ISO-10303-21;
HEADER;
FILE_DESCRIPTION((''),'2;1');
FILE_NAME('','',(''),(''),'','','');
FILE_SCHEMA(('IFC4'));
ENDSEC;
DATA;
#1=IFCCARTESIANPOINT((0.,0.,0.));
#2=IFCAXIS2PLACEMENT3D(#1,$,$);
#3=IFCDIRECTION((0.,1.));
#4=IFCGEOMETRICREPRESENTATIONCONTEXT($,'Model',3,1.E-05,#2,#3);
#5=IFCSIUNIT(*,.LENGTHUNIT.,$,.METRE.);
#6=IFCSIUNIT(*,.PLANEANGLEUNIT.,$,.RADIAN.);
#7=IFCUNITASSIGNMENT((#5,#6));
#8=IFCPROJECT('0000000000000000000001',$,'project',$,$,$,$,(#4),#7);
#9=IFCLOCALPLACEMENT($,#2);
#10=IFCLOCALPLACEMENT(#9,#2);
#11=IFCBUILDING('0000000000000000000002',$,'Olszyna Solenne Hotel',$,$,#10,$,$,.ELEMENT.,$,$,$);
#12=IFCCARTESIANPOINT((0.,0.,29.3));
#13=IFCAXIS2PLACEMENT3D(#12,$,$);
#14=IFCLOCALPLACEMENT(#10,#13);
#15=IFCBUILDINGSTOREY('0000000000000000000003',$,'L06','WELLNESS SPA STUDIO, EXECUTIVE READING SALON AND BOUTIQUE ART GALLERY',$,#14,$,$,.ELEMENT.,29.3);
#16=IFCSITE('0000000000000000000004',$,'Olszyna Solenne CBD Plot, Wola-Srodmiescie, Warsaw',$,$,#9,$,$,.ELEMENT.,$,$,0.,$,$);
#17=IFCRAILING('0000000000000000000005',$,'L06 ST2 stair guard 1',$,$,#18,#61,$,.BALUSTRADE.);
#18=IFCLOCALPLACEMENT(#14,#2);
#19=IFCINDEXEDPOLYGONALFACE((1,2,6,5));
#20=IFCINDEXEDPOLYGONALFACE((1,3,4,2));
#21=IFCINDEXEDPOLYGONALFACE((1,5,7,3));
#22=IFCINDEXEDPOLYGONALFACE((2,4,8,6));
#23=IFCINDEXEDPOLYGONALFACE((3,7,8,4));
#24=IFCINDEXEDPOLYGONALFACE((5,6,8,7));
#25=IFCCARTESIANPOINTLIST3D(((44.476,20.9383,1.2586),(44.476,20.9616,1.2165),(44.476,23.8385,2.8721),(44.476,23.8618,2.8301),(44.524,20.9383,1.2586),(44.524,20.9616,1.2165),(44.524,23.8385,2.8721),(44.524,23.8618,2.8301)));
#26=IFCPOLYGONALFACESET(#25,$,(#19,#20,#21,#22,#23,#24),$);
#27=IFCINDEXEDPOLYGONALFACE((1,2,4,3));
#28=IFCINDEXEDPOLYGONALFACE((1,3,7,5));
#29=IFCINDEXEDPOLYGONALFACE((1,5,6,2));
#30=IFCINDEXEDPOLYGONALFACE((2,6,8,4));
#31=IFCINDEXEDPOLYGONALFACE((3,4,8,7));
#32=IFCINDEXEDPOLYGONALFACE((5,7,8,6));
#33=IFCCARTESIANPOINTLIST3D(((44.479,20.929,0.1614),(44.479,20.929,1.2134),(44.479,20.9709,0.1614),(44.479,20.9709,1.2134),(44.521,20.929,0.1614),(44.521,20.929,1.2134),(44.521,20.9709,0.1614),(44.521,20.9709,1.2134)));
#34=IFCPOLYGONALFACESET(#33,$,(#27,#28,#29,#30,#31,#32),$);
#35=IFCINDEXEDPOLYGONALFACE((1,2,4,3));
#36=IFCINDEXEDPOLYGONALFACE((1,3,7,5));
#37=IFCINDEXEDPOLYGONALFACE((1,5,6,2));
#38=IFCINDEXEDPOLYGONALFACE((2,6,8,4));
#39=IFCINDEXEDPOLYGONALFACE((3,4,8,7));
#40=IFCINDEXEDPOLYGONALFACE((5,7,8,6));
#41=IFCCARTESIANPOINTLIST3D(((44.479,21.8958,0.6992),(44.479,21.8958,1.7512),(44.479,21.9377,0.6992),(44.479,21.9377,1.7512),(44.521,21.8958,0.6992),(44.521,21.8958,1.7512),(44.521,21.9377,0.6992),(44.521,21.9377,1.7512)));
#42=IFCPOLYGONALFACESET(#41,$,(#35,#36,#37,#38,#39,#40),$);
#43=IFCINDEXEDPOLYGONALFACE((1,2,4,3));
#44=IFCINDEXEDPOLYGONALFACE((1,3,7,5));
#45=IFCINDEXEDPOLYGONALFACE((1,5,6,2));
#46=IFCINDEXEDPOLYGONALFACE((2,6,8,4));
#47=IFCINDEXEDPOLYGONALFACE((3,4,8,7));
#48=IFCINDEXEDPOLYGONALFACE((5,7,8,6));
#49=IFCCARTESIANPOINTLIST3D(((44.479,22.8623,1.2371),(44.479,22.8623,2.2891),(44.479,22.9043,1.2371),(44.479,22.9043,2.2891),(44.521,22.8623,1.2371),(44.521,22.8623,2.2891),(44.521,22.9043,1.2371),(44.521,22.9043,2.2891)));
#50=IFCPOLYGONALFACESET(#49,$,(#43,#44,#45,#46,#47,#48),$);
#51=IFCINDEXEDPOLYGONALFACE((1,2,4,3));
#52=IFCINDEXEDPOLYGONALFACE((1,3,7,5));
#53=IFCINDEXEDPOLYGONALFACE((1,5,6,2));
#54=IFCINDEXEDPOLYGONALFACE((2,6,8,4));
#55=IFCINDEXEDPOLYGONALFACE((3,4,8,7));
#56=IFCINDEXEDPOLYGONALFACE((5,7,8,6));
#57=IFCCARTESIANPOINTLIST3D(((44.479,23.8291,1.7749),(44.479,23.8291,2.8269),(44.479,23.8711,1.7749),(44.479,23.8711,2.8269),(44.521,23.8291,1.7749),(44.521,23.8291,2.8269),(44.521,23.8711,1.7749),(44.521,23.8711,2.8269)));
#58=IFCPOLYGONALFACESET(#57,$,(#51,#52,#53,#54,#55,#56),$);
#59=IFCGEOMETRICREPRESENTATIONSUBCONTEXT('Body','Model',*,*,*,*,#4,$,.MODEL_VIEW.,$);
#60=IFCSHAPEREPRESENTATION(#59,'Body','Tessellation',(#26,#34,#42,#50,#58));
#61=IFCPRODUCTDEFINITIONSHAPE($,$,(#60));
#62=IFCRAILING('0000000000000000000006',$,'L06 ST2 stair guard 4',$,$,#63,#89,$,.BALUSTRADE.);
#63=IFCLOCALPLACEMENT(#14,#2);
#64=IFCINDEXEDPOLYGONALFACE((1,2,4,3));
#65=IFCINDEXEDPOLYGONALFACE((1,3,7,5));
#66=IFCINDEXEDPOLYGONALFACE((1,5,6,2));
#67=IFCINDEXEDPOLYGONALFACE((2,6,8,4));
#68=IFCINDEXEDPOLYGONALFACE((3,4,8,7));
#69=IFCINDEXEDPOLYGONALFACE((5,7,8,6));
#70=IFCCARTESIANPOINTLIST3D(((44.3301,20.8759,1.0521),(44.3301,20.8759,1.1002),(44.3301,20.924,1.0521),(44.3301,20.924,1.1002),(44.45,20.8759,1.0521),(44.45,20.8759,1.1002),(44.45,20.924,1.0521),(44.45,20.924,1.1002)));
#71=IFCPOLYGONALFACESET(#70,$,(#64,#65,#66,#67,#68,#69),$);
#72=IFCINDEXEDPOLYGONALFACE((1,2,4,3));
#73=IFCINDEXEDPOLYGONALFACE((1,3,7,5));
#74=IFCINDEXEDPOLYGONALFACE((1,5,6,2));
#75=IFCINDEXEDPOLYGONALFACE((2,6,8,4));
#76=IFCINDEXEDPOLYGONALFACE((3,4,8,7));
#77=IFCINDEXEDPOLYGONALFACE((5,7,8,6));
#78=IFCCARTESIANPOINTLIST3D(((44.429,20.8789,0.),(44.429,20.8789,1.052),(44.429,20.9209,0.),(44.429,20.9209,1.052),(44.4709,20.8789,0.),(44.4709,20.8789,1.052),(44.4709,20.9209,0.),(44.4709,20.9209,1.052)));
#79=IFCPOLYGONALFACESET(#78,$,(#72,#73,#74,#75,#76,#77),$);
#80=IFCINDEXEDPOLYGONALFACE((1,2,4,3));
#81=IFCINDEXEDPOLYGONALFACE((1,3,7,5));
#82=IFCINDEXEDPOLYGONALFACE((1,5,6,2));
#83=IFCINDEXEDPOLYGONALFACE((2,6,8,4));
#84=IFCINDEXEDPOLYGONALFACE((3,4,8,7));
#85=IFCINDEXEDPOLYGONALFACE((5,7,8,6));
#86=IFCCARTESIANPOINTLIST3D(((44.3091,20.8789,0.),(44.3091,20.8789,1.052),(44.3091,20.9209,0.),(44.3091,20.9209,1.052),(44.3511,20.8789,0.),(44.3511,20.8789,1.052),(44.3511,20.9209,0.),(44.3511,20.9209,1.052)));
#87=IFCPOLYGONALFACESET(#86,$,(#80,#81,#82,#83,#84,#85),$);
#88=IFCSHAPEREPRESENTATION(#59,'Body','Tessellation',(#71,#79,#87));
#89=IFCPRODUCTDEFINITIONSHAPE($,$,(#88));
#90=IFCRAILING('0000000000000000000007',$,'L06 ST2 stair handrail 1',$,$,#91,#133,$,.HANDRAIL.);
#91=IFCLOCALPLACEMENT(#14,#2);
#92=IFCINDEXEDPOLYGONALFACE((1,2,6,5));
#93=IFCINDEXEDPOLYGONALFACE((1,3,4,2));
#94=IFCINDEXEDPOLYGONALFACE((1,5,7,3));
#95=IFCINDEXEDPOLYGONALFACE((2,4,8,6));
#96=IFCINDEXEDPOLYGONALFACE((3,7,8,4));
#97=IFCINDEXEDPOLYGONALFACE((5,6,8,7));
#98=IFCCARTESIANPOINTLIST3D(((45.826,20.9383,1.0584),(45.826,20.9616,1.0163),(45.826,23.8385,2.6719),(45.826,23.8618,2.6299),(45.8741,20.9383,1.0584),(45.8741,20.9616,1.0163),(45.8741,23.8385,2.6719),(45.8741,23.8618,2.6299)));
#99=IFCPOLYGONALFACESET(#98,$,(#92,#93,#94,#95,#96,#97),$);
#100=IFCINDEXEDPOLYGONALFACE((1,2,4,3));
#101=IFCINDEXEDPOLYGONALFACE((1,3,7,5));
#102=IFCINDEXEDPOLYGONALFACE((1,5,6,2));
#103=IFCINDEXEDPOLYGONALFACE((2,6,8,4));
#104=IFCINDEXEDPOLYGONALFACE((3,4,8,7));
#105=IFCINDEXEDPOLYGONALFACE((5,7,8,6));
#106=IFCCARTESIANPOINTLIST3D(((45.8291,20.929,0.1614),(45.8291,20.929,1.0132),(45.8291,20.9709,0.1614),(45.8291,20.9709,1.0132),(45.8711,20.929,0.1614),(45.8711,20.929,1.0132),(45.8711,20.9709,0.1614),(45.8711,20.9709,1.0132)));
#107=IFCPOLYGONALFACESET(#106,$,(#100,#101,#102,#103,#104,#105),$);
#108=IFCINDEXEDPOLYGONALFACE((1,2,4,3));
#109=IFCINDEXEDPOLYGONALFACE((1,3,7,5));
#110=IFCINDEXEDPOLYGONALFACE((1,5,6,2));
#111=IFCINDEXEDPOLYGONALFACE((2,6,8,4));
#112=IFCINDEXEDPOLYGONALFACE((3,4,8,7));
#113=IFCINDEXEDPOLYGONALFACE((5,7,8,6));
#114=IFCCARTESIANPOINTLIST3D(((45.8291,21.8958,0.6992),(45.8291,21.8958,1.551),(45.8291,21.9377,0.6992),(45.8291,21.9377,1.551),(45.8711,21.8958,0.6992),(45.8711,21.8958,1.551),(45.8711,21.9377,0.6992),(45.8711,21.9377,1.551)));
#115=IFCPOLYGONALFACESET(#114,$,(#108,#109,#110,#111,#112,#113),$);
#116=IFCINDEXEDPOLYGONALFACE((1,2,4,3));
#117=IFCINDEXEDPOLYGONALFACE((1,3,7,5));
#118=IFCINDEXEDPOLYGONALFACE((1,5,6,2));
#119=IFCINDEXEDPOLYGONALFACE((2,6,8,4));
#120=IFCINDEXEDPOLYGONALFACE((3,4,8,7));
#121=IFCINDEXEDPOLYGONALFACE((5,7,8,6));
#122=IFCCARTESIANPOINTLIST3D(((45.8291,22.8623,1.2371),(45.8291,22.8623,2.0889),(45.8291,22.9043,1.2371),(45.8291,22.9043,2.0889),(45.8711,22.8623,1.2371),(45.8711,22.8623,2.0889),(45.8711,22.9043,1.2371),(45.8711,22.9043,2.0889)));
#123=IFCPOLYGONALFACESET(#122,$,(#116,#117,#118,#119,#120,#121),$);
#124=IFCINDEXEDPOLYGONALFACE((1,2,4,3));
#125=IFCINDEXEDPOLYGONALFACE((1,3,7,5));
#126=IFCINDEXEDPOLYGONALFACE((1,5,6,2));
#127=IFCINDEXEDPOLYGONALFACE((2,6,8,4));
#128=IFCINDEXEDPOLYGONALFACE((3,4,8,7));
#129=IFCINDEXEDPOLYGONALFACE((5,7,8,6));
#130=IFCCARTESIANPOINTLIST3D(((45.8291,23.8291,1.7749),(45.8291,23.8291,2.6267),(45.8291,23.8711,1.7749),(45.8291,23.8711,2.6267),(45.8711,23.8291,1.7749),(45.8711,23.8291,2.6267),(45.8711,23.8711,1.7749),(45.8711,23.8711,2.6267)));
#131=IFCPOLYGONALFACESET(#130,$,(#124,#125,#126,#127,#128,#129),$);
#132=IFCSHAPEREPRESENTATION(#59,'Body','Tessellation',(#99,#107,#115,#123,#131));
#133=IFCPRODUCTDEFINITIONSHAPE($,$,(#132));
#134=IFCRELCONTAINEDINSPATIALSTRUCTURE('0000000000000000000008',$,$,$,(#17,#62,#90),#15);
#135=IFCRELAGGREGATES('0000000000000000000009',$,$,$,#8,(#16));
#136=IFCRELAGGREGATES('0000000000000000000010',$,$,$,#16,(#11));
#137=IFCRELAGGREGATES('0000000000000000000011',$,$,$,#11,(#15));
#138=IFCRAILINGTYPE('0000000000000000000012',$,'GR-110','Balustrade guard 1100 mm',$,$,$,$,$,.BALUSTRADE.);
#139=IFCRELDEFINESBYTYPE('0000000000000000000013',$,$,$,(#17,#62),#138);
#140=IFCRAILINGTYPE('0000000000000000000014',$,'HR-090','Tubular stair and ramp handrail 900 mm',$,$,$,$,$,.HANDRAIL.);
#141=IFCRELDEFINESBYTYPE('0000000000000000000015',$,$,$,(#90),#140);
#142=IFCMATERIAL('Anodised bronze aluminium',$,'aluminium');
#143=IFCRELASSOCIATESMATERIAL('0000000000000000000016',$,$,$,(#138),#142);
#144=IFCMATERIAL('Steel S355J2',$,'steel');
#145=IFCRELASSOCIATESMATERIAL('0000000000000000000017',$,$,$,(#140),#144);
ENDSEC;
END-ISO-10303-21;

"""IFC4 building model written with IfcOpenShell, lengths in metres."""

from ifc_helpers import new_model, si_unit, direction, frame, origin, origin_2d, place, context, subcontext, project, spatial, rectangle, extrude, material, type_object, element, save


model = new_model("IFC4")

# Units and contexts
model_context = context("Model", 3, precision=1e-05, world=origin(), true_north=direction((0.0, 1.0)))
body_context = subcontext(model_context, "Body", "Model", "MODEL_VIEW")
ifc_project = project(units=[si_unit("LENGTHUNIT", "METRE"), si_unit("PLANEANGLEUNIT", "RADIAN")], contexts=[model_context])

# Site, building, storey
site_placement = place(None, origin())
site = spatial("IfcSite", under=ifc_project, at=site_placement, Name="Olszyna Solenne CBD Plot, Wola-Srodmiescie, Warsaw", CompositionType="ELEMENT", RefElevation=0.0)
building_placement = place(site_placement, origin())
building = spatial("IfcBuilding", under=site, at=building_placement, Name="Olszyna Solenne Hotel", CompositionType="ELEMENT")
storey_placement = place(building_placement, frame((0.0, 0.0, 29.3)))
storey = spatial("IfcBuildingStorey", under=building, at=storey_placement, Name="L06", Description="WELLNESS SPA STUDIO, EXECUTIVE READING SALON AND BOUTIQUE ART GALLERY", CompositionType="ELEMENT", Elevation=29.3)

# Shared definitions
ifc_material_1 = material(Name="Steel S355J2", Category="steel")

# Shared definitions
ifc_material_2 = material(Name="Anodised bronze aluminium", Category="aluminium")

# Railings
railing_type_1 = type_object("IfcRailingType", Name="GR-110", Description="Balustrade guard 1100 mm", PredefinedType="BALUSTRADE", material=ifc_material_2)
railing_1_placement = place(storey_placement, frame((44.5, 20.95, 0.1614)))
element("IfcRailing", 1, at=railing_1_placement, inside=storey, type_object=railing_type_1, Name="L06 ST2 stair guard 1", PredefinedType="BALUSTRADE", context=body_context, shape_type="SweptSolid", body=[
    extrude(rectangle(XDim=0.0481, YDim=0.0481, at=origin_2d()), frame((0.0, 0.0, 1.0762), z_axis=(0.0, 0.873859, 0.48618), x_axis=(-1.0, 0.0, 0.0)), (0.0, 0.0, 1.0), 3.3188),
    extrude(rectangle(XDim=0.042, YDim=0.042, at=origin_2d()), origin(), (0.0, 0.0, 1.0), 1.052),
    extrude(rectangle(XDim=0.042, YDim=0.042, at=origin_2d()), frame((0.0, 0.9668, 0.5378)), (0.0, 0.0, 1.0), 1.052),
    extrude(rectangle(XDim=0.042, YDim=0.042, at=origin_2d()), frame((0.0, 1.9333, 1.0757)), (0.0, 0.0, 1.0), 1.052),
    extrude(rectangle(XDim=0.042, YDim=0.042, at=origin_2d()), frame((0.0, 2.9001, 1.6135)), (0.0, 0.0, 1.0), 1.052),
])
railing_2_placement = place(storey_placement, frame((44.45, 20.8999, 0.0)))
element("IfcRailing", 2, at=railing_2_placement, inside=storey, type_object=railing_type_1, Name="L06 ST2 stair guard 4", PredefinedType="BALUSTRADE", context=body_context, shape_type="SweptSolid", body=[
    extrude(rectangle(XDim=0.0481, YDim=0.0481, at=origin_2d()), frame((0.0, 0.0, 1.0762), z_axis=(-1.0, 0.0, 0.0), x_axis=(0.0, -1.0, 0.0)), (0.0, 0.0, 1.0), 0.1199),
    extrude(rectangle(XDim=0.042, YDim=0.042, at=origin_2d()), origin(), (0.0, 0.0, 1.0), 1.052),
    extrude(rectangle(XDim=0.042, YDim=0.042, at=origin_2d()), frame((-0.1199, 0.0, 0.0)), (0.0, 0.0, 1.0), 1.052),
])
railing_type_2 = type_object("IfcRailingType", Name="HR-090", Description="Tubular stair and ramp handrail 900 mm", PredefinedType="HANDRAIL", material=ifc_material_1)
railing_3_placement = place(storey_placement, frame((45.8501, 20.95, 0.1614)))
element("IfcRailing", 3, at=railing_3_placement, inside=storey, type_object=railing_type_2, Name="L06 ST2 stair handrail 1", PredefinedType="HANDRAIL", context=body_context, shape_type="SweptSolid", body=[
    extrude(rectangle(XDim=0.0481, YDim=0.0481, at=origin_2d()), frame((0.0, 0.0, 0.876), z_axis=(0.0, 0.873859, 0.48618), x_axis=(-1.0, 0.0, 0.0)), (0.0, 0.0, 1.0), 3.3188),
    extrude(rectangle(XDim=0.042, YDim=0.042, at=origin_2d()), origin(), (0.0, 0.0, 1.0), 0.8518),
    extrude(rectangle(XDim=0.042, YDim=0.042, at=origin_2d()), frame((0.0, 0.9668, 0.5378)), (0.0, 0.0, 1.0), 0.8518),
    extrude(rectangle(XDim=0.042, YDim=0.042, at=origin_2d()), frame((0.0, 1.9333, 1.0757)), (0.0, 0.0, 1.0), 0.8518),
    extrude(rectangle(XDim=0.042, YDim=0.042, at=origin_2d()), frame((0.0, 2.9001, 1.6135)), (0.0, 0.0, 1.0), 0.8518),
])

save(model, "model.ifc")
